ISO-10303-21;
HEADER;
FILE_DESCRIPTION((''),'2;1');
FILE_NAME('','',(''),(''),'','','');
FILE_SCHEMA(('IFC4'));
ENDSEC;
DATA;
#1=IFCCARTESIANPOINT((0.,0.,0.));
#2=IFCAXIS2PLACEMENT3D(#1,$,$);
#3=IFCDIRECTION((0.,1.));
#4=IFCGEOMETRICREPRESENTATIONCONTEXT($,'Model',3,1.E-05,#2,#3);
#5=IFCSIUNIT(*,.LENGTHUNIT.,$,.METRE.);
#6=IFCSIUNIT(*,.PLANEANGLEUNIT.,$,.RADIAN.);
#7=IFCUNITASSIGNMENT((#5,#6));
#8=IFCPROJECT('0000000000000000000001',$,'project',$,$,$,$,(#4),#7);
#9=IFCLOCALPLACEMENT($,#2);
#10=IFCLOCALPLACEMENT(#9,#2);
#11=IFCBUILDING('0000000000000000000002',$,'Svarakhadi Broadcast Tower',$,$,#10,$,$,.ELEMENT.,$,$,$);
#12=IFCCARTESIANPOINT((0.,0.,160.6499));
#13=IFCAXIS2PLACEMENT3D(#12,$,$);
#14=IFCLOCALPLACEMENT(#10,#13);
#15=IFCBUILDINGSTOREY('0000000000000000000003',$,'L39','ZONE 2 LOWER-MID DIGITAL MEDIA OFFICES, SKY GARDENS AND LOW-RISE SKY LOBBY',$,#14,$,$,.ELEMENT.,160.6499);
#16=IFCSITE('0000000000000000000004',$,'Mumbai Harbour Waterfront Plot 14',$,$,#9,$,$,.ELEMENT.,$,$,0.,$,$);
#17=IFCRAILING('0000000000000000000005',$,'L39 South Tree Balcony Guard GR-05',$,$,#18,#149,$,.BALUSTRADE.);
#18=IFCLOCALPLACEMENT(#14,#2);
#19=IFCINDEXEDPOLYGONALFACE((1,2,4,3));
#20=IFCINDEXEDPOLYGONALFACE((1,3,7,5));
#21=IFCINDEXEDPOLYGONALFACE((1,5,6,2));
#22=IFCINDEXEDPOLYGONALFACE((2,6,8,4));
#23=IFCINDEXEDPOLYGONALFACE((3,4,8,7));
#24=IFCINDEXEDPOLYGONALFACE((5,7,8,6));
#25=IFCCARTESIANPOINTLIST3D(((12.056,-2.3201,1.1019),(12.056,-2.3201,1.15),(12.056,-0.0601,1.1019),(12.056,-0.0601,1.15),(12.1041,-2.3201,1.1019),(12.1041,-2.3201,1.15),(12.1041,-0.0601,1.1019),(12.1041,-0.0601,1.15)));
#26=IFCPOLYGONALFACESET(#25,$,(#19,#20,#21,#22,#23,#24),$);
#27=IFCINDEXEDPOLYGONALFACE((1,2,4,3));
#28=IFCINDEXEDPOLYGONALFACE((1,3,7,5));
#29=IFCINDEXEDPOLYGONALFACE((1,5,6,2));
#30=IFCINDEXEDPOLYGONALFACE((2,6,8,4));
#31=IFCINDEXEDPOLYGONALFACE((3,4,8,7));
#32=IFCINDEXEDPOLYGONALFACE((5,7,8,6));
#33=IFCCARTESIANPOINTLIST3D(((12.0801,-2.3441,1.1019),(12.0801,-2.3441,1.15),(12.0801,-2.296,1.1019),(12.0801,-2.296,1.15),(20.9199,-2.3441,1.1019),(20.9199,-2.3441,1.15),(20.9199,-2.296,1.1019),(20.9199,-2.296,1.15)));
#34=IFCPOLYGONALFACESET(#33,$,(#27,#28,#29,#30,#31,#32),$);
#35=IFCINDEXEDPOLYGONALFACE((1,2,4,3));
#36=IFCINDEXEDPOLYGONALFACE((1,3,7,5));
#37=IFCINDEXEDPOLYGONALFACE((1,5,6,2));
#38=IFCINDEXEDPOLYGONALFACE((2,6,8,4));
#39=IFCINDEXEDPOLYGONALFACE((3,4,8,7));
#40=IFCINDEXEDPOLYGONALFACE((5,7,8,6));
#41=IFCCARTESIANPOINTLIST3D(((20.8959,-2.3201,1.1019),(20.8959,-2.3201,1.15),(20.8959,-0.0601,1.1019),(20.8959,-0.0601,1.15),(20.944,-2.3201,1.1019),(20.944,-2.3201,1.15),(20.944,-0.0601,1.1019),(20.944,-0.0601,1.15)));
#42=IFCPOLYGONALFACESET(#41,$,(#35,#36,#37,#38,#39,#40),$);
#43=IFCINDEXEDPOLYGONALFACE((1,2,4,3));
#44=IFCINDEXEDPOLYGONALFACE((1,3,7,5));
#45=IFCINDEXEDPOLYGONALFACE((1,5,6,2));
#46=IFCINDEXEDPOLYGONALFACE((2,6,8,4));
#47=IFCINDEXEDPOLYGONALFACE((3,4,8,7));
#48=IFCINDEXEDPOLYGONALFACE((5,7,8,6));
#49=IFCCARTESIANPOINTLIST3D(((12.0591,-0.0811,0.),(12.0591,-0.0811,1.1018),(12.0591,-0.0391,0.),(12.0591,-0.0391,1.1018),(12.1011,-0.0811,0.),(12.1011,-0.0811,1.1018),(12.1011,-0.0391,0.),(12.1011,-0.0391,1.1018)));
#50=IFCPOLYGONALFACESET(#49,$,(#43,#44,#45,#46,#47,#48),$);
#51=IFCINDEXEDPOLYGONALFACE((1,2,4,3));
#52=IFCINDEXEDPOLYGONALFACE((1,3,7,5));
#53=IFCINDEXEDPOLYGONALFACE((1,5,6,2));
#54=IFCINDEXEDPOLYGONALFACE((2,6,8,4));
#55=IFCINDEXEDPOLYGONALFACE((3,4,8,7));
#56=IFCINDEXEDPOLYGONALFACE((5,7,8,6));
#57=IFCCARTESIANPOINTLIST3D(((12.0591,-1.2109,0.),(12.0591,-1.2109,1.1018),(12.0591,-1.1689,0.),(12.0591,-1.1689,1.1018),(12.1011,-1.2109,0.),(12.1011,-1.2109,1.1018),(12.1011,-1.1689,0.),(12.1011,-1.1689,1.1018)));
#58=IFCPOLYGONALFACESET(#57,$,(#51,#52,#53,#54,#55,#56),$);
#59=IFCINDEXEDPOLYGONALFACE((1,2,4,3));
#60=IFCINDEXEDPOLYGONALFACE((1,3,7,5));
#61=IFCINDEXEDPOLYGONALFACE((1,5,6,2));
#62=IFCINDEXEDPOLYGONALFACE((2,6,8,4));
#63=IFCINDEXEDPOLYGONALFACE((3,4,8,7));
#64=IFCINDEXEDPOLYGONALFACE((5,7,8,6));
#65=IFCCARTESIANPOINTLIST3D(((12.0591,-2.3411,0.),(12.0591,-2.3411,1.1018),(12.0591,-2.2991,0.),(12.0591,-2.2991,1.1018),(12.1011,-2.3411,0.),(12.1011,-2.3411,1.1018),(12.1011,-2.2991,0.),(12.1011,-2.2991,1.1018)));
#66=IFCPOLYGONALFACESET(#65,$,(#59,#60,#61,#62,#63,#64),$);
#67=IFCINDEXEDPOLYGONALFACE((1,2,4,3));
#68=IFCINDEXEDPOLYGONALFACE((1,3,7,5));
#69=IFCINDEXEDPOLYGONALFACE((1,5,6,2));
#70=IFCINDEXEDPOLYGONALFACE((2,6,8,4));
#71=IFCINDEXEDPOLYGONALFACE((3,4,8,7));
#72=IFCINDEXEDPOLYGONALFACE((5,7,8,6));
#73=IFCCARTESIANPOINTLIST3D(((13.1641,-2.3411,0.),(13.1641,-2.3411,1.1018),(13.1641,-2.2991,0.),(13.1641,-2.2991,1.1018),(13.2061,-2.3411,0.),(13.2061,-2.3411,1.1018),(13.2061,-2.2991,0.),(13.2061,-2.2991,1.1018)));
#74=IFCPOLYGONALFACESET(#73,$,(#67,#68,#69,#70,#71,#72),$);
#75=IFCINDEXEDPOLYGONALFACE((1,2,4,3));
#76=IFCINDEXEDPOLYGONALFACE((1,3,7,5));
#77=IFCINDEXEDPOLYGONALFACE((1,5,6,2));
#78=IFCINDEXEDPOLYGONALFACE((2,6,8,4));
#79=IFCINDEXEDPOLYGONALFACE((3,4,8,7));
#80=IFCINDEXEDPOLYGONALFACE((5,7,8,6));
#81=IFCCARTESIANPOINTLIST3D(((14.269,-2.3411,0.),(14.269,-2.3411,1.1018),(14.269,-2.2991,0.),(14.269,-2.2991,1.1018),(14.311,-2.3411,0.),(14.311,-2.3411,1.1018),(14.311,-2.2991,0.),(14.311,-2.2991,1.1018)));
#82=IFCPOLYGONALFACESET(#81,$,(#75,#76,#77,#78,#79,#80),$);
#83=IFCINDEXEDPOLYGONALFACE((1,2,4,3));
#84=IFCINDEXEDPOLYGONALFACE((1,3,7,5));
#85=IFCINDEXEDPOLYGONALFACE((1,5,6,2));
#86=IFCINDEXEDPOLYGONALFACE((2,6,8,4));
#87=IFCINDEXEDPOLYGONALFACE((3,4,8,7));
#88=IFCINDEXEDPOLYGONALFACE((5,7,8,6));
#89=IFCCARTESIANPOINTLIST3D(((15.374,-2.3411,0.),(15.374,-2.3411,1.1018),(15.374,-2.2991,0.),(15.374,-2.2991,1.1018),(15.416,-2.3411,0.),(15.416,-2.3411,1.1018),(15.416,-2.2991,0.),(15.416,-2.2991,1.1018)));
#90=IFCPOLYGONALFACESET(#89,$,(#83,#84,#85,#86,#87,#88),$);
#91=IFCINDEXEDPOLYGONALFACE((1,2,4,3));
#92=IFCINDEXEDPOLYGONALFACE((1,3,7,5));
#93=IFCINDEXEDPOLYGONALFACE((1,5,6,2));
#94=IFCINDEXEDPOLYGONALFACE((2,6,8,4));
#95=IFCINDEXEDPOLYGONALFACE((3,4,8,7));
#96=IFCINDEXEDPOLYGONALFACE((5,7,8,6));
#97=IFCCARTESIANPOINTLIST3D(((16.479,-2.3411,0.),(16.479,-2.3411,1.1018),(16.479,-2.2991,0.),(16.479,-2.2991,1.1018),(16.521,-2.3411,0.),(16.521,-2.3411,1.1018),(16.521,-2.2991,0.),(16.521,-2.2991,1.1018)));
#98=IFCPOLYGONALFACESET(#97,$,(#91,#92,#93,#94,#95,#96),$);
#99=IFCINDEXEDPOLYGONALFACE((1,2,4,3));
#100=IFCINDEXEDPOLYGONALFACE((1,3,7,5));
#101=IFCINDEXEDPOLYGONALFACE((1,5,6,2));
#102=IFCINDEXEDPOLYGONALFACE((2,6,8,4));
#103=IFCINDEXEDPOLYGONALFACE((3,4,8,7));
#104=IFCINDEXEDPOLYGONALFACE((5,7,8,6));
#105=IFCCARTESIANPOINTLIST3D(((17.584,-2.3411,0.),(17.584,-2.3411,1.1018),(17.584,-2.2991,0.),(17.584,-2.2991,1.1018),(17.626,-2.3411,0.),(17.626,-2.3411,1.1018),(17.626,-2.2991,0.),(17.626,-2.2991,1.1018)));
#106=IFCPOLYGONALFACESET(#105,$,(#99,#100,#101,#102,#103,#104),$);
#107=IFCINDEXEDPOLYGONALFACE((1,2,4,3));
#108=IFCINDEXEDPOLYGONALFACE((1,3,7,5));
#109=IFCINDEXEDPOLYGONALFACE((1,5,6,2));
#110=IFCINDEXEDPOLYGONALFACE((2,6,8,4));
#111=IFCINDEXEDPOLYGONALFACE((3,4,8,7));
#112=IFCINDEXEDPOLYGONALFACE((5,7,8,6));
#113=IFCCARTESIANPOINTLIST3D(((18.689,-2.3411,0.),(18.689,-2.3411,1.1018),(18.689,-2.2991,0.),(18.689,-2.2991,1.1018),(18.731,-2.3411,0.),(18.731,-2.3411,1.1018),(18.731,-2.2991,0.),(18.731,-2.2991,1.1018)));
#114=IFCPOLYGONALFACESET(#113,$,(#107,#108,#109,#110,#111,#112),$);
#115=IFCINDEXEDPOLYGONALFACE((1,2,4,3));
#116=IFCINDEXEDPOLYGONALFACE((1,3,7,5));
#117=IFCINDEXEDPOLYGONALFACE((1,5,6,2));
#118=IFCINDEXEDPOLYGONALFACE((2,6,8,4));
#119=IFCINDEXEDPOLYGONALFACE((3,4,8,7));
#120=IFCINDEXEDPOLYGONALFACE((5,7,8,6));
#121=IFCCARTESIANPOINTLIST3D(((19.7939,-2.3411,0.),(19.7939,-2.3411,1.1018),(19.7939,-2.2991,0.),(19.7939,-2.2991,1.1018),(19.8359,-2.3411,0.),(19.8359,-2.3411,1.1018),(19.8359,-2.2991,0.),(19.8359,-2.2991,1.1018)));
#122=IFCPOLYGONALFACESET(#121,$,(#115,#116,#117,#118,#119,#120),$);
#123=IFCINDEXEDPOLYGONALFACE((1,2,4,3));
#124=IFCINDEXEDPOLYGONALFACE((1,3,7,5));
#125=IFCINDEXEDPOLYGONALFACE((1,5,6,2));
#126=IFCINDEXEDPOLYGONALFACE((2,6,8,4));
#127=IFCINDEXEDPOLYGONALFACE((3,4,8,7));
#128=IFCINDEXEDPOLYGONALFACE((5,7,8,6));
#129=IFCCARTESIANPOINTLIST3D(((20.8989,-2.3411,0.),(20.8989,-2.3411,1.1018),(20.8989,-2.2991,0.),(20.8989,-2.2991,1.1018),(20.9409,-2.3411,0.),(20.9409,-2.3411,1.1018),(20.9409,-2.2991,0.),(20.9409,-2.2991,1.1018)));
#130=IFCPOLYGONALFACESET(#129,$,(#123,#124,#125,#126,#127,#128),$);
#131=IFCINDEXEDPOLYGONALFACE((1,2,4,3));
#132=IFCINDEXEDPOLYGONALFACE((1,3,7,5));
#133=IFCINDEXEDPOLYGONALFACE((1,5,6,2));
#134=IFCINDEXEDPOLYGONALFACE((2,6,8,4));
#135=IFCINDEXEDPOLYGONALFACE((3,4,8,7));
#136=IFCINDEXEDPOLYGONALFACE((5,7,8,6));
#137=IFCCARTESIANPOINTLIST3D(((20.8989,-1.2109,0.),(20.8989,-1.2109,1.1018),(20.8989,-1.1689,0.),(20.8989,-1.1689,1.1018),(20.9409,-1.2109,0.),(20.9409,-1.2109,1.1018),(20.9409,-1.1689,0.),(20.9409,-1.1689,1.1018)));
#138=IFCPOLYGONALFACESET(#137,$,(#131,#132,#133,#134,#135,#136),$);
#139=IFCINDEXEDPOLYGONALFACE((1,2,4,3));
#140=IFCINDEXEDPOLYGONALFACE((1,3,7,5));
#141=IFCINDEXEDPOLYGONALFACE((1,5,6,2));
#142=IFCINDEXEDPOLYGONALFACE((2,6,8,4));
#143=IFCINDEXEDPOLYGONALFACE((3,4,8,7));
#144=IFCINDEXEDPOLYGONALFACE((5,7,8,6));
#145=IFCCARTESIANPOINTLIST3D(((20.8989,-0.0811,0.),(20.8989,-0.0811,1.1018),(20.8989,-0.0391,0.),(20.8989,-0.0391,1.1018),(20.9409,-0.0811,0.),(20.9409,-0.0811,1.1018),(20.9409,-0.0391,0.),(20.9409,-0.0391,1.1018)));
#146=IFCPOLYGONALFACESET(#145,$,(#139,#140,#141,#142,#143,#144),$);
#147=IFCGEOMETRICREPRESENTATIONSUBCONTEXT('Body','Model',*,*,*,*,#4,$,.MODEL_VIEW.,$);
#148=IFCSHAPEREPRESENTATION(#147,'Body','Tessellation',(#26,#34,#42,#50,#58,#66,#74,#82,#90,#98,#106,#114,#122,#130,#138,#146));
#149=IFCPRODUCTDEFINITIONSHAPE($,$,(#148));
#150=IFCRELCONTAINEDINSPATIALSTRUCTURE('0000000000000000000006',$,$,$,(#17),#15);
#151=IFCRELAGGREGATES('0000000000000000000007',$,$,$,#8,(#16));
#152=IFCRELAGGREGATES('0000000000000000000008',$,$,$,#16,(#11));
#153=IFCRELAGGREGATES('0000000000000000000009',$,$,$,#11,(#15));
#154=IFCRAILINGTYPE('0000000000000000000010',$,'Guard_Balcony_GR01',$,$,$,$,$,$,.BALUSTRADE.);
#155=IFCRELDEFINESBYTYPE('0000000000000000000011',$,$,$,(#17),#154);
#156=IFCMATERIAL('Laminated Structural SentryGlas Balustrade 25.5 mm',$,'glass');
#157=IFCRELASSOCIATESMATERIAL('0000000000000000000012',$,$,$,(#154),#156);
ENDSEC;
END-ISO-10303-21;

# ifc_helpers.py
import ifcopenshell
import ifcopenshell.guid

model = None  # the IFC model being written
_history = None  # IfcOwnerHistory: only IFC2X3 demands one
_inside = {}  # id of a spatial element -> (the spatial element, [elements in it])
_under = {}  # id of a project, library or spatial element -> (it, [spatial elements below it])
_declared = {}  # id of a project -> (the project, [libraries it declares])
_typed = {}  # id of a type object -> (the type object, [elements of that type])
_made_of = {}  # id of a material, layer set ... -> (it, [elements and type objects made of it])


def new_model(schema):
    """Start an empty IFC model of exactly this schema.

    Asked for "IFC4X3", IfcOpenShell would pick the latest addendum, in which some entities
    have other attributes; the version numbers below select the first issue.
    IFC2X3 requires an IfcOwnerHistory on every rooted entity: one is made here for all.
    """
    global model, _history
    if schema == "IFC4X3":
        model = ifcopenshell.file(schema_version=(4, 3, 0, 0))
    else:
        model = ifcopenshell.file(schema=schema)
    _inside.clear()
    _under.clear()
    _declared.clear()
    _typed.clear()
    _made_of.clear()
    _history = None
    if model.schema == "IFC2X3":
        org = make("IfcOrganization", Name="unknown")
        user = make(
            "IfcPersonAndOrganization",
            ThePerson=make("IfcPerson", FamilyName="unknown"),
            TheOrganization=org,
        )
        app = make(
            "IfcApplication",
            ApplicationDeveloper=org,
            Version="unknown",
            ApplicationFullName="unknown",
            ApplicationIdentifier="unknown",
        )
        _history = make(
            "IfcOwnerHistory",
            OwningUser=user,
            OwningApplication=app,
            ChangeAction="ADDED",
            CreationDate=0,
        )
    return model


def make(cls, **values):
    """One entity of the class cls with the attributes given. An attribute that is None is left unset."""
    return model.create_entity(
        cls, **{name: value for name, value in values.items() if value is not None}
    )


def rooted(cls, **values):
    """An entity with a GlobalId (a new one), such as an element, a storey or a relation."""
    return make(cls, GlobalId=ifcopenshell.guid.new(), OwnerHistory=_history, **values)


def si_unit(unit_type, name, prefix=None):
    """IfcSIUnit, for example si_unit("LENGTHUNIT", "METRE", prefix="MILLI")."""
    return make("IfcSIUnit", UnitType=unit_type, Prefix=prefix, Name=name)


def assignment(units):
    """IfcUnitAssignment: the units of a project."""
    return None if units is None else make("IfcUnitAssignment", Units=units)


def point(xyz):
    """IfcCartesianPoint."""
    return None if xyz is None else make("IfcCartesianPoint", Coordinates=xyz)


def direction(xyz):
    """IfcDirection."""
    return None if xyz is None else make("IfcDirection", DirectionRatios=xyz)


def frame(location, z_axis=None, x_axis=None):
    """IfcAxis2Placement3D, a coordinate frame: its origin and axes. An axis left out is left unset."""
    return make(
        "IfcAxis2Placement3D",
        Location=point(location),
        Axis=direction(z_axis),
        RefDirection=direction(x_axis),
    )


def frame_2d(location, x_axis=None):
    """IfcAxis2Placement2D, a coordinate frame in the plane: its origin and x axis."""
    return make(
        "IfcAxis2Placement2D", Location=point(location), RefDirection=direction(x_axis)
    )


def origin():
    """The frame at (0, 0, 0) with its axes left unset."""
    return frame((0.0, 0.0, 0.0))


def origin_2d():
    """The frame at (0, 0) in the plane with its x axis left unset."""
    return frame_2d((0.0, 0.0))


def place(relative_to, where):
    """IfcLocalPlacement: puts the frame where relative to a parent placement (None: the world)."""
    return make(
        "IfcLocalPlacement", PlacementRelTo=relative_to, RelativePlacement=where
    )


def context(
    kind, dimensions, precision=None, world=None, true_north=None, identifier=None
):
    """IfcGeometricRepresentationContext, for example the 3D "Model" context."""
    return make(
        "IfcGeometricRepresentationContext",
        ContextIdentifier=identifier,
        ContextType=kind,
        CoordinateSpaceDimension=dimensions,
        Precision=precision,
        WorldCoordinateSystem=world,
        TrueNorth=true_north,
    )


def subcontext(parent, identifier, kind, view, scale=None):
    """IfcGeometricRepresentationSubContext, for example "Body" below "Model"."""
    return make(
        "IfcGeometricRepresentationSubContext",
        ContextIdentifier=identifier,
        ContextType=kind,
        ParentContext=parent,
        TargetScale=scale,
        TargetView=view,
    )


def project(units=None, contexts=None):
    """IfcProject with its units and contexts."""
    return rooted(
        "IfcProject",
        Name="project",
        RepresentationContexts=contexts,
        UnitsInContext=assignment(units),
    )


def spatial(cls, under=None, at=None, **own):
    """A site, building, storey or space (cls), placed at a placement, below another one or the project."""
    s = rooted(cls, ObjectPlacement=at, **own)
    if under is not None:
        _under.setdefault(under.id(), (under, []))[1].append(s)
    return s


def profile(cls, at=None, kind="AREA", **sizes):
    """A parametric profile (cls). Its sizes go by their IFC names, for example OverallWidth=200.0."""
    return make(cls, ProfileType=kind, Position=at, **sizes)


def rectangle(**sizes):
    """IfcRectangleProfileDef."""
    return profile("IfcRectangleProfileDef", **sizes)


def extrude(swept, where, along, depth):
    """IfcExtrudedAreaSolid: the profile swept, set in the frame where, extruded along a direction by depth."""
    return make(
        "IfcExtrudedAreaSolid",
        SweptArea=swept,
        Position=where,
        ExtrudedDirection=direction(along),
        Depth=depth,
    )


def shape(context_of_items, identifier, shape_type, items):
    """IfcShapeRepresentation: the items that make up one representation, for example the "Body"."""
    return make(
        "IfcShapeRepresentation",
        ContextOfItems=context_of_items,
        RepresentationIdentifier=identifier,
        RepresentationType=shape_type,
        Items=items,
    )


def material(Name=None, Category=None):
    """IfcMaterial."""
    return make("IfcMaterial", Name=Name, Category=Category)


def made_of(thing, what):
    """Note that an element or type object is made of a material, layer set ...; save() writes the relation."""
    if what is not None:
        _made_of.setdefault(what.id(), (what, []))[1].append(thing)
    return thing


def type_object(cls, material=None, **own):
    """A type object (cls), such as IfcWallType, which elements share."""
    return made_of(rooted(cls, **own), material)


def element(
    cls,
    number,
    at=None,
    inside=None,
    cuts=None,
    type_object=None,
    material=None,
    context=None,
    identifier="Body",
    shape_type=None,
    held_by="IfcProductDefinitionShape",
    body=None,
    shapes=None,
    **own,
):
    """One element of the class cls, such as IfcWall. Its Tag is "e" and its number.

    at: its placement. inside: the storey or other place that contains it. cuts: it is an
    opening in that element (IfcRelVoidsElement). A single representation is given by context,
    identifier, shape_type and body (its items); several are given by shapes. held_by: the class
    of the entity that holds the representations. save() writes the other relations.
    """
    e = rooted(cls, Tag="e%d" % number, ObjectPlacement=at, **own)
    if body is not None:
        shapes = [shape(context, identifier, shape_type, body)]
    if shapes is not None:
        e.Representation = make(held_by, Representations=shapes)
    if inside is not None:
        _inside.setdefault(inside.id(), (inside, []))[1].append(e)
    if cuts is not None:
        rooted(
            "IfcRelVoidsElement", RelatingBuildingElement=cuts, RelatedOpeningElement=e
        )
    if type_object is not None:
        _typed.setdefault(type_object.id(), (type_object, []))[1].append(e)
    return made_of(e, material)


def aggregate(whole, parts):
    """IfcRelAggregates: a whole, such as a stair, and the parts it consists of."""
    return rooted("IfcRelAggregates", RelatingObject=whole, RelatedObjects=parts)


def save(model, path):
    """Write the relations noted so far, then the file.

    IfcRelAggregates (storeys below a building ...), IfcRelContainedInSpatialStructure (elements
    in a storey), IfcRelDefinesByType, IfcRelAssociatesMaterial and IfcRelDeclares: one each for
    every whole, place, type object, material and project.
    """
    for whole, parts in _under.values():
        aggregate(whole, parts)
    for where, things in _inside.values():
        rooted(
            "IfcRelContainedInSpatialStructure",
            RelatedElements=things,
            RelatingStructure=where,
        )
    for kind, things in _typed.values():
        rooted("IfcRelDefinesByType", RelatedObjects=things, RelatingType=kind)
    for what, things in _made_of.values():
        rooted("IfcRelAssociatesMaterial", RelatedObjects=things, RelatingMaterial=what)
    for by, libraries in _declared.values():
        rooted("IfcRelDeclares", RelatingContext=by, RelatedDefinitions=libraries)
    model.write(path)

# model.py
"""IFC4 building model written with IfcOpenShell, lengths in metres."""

from ifc_helpers import new_model, si_unit, direction, frame, origin, origin_2d, place, context, subcontext, project, spatial, rectangle, extrude, material, type_object, element, save


model = new_model("IFC4")

# Units and contexts
model_context = context("Model", 3, precision=1e-05, world=origin(), true_north=direction((0.0, 1.0)))
body_context = subcontext(model_context, "Body", "Model", "MODEL_VIEW")
ifc_project = project(units=[si_unit("LENGTHUNIT", "METRE"), si_unit("PLANEANGLEUNIT", "RADIAN")], contexts=[model_context])

# Site, building, storey
site_placement = place(None, origin())
site = spatial("IfcSite", under=ifc_project, at=site_placement, Name="Mumbai Harbour Waterfront Plot 14", CompositionType="ELEMENT", RefElevation=0.0)
building_placement = place(site_placement, origin())
building = spatial("IfcBuilding", under=site, at=building_placement, Name="Svarakhadi Broadcast Tower", CompositionType="ELEMENT")
storey_placement = place(building_placement, frame((0.0, 0.0, 160.6499)))
storey = spatial("IfcBuildingStorey", under=building, at=storey_placement, Name="L39", Description="ZONE 2 LOWER-MID DIGITAL MEDIA OFFICES, SKY GARDENS AND LOW-RISE SKY LOBBY", CompositionType="ELEMENT", Elevation=160.6499)

# Railing
ifc_material_1 = material(Name="Laminated Structural SentryGlas Balustrade 25.5 mm", Category="glass")
railing_type = type_object("IfcRailingType", Name="Guard_Balcony_GR01", PredefinedType="BALUSTRADE", material=ifc_material_1)
railing_placement = place(storey_placement, frame((12.0801, -0.0601, 0.0)))
element("IfcRailing", 1, at=railing_placement, inside=storey, type_object=railing_type, Name="L39 South Tree Balcony Guard GR-05", PredefinedType="BALUSTRADE", context=body_context, shape_type="SweptSolid", body=[
    extrude(rectangle(XDim=0.0481, YDim=0.0481, at=origin_2d()), frame((0.0, 0.0, 1.126), z_axis=(0.0, -1.0, 0.0), x_axis=(1.0, 0.0, 0.0)), (0.0, 0.0, 1.0), 2.26),
    extrude(rectangle(XDim=0.0481, YDim=0.0481, at=origin_2d()), frame((0.0, -2.26, 1.126), z_axis=(1.0, 0.0, 0.0), x_axis=(0.0, 1.0, 0.0)), (0.0, 0.0, 1.0), 8.8398),
    extrude(rectangle(XDim=0.0481, YDim=0.0481, at=origin_2d()), frame((8.8398, -2.26, 1.126), z_axis=(0.0, 1.0, 0.0), x_axis=(-1.0, 0.0, 0.0)), (0.0, 0.0, 1.0), 2.26),
    extrude(rectangle(XDim=0.042, YDim=0.042, at=origin_2d()), origin(), (0.0, 0.0, 1.0), 1.1018),
    extrude(rectangle(XDim=0.042, YDim=0.042, at=origin_2d()), frame((0.0, -1.1299, 0.0)), (0.0, 0.0, 1.0), 1.1018),
    extrude(rectangle(XDim=0.042, YDim=0.042, at=origin_2d()), frame((0.0, -2.26, 0.0)), (0.0, 0.0, 1.0), 1.1018),
    extrude(rectangle(XDim=0.042, YDim=0.042, at=origin_2d()), frame((1.105, -2.26, 0.0)), (0.0, 0.0, 1.0), 1.1018),
    extrude(rectangle(XDim=0.042, YDim=0.042, at=origin_2d()), frame((2.21, -2.26, 0.0)), (0.0, 0.0, 1.0), 1.1018),
    extrude(rectangle(XDim=0.042, YDim=0.042, at=origin_2d()), frame((3.3149, -2.26, 0.0)), (0.0, 0.0, 1.0), 1.1018),
    extrude(rectangle(XDim=0.042, YDim=0.042, at=origin_2d()), frame((4.4199, -2.26, 0.0)), (0.0, 0.0, 1.0), 1.1018),
    extrude(rectangle(XDim=0.042, YDim=0.042, at=origin_2d()), frame((5.5249, -2.26, 0.0)), (0.0, 0.0, 1.0), 1.1018),
    extrude(rectangle(XDim=0.042, YDim=0.042, at=origin_2d()), frame((6.6299, -2.26, 0.0)), (0.0, 0.0, 1.0), 1.1018),
    extrude(rectangle(XDim=0.042, YDim=0.042, at=origin_2d()), frame((7.7349, -2.26, 0.0)), (0.0, 0.0, 1.0), 1.1018),
    extrude(rectangle(XDim=0.042, YDim=0.042, at=origin_2d()), frame((8.8398, -2.26, 0.0)), (0.0, 0.0, 1.0), 1.1018),
    extrude(rectangle(XDim=0.042, YDim=0.042, at=origin_2d()), frame((8.8398, -1.1299, 0.0)), (0.0, 0.0, 1.0), 1.1018),
    extrude(rectangle(XDim=0.042, YDim=0.042, at=origin_2d()), frame((8.8398, 0.0, 0.0)), (0.0, 0.0, 1.0), 1.1018),
])

save(model, "model.ifc")
